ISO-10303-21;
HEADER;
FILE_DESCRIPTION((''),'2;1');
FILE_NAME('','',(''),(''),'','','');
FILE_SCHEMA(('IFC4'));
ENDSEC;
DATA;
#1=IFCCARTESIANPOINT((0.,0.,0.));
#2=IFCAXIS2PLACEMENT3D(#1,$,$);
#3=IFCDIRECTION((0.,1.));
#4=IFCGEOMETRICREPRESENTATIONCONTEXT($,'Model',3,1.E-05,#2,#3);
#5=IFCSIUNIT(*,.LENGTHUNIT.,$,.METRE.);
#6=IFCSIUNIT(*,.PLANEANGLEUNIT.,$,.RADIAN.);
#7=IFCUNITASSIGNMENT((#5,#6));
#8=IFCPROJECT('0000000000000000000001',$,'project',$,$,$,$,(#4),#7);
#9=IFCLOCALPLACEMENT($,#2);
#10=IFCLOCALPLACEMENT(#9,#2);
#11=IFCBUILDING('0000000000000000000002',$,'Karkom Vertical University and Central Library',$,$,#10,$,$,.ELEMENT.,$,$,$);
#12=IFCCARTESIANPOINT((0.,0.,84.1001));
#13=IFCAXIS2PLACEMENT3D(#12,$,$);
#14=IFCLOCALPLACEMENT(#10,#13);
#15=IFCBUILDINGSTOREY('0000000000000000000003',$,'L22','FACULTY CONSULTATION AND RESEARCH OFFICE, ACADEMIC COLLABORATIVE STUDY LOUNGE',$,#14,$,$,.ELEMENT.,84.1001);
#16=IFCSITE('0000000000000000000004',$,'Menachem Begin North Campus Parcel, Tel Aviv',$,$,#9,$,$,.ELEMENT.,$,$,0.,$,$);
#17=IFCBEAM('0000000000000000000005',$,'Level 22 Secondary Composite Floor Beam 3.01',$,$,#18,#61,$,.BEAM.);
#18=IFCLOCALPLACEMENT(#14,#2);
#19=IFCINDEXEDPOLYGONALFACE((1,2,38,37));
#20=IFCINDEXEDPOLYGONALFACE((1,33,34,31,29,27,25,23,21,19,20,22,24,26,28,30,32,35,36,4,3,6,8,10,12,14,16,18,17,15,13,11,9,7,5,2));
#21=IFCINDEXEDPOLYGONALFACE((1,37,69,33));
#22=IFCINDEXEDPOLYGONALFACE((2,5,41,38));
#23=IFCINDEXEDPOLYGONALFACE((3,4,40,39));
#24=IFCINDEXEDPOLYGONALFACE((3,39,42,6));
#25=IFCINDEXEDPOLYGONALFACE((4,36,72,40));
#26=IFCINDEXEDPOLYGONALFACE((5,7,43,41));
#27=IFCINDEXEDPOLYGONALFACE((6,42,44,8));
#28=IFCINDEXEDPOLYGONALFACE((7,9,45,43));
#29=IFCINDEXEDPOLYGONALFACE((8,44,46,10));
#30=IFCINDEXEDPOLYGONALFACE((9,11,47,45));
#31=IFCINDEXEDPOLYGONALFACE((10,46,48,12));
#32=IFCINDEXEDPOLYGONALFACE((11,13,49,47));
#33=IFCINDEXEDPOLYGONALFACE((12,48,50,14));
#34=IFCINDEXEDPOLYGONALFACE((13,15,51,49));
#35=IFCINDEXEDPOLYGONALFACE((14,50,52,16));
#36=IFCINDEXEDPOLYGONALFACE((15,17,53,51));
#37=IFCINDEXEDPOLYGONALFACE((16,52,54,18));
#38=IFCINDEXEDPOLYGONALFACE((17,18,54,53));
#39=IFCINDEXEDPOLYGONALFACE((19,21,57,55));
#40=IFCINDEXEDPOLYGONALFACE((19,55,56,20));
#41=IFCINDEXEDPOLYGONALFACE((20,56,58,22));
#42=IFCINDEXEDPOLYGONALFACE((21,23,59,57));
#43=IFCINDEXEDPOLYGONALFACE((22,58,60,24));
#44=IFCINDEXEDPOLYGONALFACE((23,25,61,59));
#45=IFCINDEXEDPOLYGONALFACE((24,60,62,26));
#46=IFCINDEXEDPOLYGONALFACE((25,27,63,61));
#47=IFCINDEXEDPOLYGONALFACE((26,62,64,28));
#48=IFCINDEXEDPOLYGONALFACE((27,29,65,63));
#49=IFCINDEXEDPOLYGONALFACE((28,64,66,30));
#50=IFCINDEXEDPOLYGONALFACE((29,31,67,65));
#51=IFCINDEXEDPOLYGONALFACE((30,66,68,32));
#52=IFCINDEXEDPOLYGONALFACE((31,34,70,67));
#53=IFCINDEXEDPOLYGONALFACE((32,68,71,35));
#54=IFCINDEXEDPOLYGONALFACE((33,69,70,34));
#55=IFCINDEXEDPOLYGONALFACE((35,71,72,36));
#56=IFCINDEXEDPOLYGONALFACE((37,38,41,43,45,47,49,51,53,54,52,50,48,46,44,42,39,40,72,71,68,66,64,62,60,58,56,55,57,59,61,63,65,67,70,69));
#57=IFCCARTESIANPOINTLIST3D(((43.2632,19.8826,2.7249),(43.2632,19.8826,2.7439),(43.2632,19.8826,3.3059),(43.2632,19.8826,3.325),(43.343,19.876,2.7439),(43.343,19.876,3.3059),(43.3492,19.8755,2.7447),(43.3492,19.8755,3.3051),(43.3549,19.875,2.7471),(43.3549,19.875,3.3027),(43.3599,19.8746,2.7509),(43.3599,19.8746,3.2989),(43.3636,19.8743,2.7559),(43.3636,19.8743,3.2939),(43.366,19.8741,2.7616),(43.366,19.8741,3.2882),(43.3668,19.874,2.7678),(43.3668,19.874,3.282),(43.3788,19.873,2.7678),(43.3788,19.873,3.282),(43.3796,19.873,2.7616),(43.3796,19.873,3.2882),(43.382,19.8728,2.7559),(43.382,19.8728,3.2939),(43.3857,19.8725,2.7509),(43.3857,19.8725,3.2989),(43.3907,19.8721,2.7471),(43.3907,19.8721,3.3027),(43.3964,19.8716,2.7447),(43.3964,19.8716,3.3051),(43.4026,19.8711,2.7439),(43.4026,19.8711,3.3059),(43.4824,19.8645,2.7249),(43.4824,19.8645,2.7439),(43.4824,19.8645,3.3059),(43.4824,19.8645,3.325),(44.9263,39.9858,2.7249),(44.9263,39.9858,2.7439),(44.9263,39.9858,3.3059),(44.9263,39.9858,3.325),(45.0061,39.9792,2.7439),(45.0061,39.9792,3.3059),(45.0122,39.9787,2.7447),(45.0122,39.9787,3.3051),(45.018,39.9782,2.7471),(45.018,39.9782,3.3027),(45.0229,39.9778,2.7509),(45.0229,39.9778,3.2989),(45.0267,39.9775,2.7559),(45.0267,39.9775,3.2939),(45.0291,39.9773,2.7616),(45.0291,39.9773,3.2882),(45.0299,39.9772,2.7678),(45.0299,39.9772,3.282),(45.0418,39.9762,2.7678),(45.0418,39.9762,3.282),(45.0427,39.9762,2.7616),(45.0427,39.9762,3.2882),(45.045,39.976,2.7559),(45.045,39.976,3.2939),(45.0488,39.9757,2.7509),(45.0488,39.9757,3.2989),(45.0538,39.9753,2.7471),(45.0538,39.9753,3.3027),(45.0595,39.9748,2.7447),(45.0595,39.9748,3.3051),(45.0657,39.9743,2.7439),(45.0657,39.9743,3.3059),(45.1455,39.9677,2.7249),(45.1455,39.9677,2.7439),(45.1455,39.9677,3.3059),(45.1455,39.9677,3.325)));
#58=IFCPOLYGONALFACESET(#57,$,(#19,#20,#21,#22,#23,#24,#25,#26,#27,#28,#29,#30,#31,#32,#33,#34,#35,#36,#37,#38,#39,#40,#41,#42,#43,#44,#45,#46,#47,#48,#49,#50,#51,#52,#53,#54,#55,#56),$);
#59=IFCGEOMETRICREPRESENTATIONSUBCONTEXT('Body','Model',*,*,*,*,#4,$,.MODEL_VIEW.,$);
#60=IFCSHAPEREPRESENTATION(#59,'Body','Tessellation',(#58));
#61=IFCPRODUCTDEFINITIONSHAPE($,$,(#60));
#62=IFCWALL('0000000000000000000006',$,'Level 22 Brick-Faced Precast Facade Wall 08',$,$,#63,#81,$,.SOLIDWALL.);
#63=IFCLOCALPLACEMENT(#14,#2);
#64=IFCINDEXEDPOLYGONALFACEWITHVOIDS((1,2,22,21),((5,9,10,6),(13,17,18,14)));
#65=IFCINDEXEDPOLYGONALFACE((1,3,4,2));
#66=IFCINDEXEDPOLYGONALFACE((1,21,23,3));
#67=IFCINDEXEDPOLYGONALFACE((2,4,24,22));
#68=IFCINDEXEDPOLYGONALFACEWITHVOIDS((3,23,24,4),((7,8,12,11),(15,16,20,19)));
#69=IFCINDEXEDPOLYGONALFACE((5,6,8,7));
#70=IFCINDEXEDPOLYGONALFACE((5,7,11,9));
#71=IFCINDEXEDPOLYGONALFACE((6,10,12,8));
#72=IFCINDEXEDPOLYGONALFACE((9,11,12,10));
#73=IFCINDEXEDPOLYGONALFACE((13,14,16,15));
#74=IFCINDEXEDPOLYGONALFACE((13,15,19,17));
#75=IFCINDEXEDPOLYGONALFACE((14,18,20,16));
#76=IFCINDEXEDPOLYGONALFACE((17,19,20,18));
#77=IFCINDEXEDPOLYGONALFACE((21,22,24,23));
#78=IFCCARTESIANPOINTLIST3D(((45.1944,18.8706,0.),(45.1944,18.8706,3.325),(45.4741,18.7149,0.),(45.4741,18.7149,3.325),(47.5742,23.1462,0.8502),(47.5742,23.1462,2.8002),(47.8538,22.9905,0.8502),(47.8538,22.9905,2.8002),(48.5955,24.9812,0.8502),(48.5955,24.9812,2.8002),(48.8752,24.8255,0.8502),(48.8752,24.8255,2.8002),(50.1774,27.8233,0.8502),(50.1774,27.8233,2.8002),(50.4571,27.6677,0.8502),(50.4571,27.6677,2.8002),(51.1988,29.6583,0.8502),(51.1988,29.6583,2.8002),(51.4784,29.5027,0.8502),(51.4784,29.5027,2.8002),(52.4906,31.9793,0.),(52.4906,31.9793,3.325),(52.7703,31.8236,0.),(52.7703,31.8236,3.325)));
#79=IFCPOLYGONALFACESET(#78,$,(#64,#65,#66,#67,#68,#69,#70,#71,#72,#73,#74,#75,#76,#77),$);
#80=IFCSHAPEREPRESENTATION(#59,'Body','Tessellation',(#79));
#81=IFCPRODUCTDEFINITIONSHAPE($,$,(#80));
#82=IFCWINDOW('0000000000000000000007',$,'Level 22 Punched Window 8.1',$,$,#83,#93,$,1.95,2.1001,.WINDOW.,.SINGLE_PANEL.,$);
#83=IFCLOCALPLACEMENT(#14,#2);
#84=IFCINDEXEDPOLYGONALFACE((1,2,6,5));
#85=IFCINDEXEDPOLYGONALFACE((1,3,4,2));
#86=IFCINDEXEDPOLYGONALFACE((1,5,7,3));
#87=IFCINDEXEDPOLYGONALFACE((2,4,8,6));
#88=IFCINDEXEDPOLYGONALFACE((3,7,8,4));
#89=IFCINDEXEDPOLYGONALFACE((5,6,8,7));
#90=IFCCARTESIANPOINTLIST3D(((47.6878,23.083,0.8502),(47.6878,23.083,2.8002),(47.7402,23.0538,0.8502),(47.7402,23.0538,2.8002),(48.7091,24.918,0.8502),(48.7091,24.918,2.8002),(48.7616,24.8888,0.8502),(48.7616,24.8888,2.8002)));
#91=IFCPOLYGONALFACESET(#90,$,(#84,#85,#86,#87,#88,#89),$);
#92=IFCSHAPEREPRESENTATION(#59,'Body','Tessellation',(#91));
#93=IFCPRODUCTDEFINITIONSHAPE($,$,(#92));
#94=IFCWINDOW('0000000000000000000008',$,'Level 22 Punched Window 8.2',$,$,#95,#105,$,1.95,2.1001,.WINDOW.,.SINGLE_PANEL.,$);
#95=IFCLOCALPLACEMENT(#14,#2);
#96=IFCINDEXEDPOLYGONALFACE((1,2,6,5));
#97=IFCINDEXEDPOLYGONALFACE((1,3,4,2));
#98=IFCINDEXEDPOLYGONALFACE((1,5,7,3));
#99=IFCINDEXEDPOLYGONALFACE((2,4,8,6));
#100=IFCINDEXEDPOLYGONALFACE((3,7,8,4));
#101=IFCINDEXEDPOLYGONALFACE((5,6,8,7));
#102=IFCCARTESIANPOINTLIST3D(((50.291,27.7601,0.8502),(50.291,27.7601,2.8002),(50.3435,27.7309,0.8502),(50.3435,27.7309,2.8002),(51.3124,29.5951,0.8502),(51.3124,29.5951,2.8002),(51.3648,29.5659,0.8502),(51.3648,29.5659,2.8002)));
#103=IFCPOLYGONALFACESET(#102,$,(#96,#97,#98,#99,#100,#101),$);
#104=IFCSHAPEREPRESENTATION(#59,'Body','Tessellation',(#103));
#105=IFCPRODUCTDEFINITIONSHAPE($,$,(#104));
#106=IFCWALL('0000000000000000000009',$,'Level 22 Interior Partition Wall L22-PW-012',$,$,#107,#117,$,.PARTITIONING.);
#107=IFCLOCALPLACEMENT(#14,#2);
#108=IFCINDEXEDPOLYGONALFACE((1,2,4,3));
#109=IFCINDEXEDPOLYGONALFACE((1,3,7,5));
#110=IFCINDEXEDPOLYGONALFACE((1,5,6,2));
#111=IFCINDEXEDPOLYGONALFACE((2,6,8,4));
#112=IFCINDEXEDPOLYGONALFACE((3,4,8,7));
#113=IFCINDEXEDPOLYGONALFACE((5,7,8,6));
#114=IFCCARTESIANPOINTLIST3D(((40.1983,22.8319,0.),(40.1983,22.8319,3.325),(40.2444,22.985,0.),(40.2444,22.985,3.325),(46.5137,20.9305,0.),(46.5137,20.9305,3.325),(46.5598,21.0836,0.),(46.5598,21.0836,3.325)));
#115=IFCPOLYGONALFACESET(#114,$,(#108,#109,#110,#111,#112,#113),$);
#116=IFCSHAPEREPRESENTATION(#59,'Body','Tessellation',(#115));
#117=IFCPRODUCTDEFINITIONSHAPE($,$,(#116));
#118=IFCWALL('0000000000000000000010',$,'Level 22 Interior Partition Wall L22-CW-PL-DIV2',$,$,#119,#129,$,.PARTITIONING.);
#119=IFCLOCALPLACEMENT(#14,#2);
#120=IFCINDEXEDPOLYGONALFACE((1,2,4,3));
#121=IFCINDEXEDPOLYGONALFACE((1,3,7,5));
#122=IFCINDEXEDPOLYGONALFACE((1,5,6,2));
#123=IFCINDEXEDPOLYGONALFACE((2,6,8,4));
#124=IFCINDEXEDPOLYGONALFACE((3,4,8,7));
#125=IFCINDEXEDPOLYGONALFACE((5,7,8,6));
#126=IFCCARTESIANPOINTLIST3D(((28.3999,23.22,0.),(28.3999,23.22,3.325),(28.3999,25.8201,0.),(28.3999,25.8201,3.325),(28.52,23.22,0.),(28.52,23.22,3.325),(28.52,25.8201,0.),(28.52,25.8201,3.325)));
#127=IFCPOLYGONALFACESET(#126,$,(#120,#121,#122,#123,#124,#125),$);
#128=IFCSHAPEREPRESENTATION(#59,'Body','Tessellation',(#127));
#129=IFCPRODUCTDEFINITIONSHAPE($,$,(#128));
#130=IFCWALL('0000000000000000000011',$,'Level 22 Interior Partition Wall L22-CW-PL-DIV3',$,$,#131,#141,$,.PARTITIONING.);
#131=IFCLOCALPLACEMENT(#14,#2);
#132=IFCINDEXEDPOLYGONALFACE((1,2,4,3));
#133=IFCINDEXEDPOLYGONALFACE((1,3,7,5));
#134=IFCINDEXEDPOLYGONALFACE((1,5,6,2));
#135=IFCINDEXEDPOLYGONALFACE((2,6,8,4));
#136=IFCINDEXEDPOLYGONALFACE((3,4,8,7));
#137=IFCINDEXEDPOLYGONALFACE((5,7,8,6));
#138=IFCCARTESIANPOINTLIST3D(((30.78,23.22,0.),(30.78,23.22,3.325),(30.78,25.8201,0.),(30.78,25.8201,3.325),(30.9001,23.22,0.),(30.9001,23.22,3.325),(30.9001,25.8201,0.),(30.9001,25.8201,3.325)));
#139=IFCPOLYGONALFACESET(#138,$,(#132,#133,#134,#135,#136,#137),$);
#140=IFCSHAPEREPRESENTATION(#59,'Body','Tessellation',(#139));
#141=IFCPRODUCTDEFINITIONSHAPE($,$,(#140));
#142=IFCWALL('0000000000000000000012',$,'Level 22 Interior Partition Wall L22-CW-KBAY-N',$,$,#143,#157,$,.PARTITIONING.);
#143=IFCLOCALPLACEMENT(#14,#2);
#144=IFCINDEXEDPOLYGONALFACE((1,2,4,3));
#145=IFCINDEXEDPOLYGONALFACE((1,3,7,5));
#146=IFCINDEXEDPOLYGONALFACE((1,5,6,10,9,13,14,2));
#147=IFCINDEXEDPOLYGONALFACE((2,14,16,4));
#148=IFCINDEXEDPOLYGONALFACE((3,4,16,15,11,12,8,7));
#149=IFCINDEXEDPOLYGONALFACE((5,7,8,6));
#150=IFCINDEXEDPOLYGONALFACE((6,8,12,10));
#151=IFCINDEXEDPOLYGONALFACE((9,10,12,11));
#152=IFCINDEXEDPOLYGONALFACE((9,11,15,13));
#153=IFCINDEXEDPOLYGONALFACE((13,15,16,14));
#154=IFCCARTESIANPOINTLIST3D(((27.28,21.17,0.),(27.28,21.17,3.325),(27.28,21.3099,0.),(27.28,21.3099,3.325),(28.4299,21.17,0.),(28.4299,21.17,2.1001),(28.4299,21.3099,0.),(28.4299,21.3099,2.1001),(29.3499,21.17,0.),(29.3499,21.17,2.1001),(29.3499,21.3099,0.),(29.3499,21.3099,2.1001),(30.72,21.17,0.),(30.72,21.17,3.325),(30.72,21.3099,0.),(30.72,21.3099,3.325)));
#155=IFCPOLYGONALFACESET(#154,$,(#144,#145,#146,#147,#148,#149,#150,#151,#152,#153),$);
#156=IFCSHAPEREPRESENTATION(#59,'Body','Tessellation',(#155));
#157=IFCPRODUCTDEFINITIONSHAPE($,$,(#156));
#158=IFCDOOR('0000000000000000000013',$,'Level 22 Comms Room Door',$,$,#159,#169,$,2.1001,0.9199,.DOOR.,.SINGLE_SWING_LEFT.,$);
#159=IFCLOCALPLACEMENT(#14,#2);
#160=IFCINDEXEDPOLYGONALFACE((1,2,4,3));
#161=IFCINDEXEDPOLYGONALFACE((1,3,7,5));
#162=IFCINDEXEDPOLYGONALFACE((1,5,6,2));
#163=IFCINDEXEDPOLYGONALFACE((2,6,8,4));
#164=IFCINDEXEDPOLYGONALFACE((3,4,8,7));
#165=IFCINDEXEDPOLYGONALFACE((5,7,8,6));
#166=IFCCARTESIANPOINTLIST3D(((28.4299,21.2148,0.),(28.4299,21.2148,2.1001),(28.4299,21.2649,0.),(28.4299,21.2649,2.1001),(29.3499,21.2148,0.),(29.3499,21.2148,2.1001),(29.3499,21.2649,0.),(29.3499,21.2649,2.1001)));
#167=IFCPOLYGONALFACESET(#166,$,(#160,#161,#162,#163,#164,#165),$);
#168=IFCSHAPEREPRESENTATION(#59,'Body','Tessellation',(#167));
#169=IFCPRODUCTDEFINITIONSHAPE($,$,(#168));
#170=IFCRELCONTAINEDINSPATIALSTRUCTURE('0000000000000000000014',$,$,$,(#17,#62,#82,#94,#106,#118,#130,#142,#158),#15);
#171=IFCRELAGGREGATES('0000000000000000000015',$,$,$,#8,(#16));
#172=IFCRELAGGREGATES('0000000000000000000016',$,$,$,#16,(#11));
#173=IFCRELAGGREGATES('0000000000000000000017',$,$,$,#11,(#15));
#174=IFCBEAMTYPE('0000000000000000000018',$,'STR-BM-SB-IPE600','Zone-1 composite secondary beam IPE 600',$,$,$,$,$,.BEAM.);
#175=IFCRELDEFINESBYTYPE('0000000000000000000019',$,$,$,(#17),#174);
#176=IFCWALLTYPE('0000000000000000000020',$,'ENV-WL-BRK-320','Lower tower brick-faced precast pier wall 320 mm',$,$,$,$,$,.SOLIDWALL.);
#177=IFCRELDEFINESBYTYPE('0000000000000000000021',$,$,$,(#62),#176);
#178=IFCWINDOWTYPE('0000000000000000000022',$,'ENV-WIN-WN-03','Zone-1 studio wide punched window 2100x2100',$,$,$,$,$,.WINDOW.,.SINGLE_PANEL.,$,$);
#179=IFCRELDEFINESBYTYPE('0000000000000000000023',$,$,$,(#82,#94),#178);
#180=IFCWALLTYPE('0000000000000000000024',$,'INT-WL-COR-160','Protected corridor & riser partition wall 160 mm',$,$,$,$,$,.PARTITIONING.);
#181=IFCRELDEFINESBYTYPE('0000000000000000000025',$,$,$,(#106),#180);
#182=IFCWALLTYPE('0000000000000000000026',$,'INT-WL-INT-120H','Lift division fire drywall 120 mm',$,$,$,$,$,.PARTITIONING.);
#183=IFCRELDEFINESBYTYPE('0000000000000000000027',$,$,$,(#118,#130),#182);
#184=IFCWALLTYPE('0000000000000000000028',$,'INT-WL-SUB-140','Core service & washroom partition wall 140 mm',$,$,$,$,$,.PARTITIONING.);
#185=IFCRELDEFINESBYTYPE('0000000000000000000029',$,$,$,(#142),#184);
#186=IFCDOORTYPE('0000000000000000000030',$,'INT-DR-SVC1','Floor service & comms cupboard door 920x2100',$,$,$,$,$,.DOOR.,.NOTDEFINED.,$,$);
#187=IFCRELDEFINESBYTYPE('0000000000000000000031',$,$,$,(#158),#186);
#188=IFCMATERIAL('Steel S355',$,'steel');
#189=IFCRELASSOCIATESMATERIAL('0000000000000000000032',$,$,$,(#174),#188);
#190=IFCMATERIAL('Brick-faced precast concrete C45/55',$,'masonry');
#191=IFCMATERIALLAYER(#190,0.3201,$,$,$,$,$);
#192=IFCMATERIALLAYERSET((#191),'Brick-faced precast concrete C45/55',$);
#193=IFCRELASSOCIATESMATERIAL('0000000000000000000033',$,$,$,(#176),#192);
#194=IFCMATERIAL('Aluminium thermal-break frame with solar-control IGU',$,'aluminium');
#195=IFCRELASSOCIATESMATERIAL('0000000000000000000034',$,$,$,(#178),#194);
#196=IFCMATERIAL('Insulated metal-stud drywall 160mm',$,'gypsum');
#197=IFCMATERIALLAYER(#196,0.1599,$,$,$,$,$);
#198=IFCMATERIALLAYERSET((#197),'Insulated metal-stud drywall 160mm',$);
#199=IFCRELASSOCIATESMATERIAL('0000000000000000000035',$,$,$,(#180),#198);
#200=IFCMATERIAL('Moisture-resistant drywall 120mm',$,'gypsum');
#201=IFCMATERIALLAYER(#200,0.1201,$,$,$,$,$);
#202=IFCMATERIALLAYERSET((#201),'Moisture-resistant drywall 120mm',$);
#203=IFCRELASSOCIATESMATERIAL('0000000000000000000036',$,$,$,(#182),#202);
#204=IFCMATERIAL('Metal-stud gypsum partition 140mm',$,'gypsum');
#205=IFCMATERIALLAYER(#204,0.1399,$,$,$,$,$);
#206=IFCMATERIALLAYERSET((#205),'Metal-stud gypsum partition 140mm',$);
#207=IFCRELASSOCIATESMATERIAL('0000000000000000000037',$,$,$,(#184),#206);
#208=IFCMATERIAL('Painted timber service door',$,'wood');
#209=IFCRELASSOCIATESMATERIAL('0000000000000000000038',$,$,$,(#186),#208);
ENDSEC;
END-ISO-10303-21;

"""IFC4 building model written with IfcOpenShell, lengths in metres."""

from ifc_helpers import new_model, si_unit, direction, frame, frame_2d, origin, origin_with_axes, origin_2d, place, context, subcontext, project, spatial, rectangle, i_section, extrude, source, transform, mapped, material, layer, layer_set, material_profile, profile_set, type_object, element, fill, save


model = new_model("IFC4")

# Units and contexts
model_context = context("Model", 3, precision=1e-05, world=origin(), true_north=direction((0.0, 1.0)))
body_context = subcontext(model_context, "Body", "Model", "MODEL_VIEW")
ifc_project = project(units=[si_unit("LENGTHUNIT", "METRE"), si_unit("PLANEANGLEUNIT", "RADIAN")], contexts=[model_context])

# Site, building, storey
site_placement = place(None, origin())
site = spatial("IfcSite", under=ifc_project, at=site_placement, Name="Menachem Begin North Campus Parcel, Tel Aviv", CompositionType="ELEMENT", RefElevation=0.0)
building_placement = place(site_placement, origin())
building = spatial("IfcBuilding", under=site, at=building_placement, Name="Karkom Vertical University and Central Library", CompositionType="ELEMENT")
storey_placement = place(building_placement, frame((0.0, 0.0, 84.1001)))
storey = spatial("IfcBuildingStorey", under=building, at=storey_placement, Name="L22", Description="FACULTY CONSULTATION AND RESEARCH OFFICE, ACADEMIC COLLABORATIVE STUDY LOUNGE", CompositionType="ELEMENT", Elevation=84.1001)

# Beam
ifc_material_1 = material(Name="Steel S355", Category="steel")
ifc_material_profile_1 = material_profile(ifc_material_1, i_section(OverallWidth=0.22, OverallDepth=0.6001, WebThickness=0.012, FlangeThickness=0.019, FilletRadius=0.0239, at=origin_2d()), Name="IPE 600")
ifc_profile_set_1 = profile_set([ifc_material_profile_1], Name="Steel S355")
beam_type_1 = type_object("IfcBeamType", Name="STR-BM-SB-IPE600", Description="Zone-1 composite secondary beam IPE 600", PredefinedType="BEAM", material=ifc_profile_set_1)
shared_shape_1 = source(origin_with_axes(), body_context, "Body", "SweptSolid", [
    extrude(i_section(OverallWidth=0.22, OverallDepth=0.6001, WebThickness=0.012, FlangeThickness=0.019, FilletRadius=0.0239, at=origin_2d()), origin(), (0.0, 0.0, 1.0), 20.1719),
])
beam_1_placement = place(storey_placement, frame((43.3728, 19.8735, 3.0249), z_axis=(0.082445, 0.996596, 0.0), x_axis=(-0.996596, 0.082445, 0.0)))
element("IfcBeam", 1, at=beam_1_placement, inside=storey, type_object=beam_type_1, Name="Level 22 Secondary Composite Floor Beam 3.01", PredefinedType="BEAM", context=body_context, shape_type="MappedRepresentation", body=[
    mapped(shared_shape_1, transform((0.0, 0.0, 0.0), scale=1.0)),
])

# Wall, openings, windows
ifc_material_2 = material(Name="Brick-faced precast concrete C45/55", Category="masonry")
ifc_layer_1 = layer(ifc_material_2, 0.3201)
ifc_layer_set_1 = layer_set([ifc_layer_1], Name="Brick-faced precast concrete C45/55")
wall_type_1 = type_object("IfcWallType", Name="ENV-WL-BRK-320", Description="Lower tower brick-faced precast pier wall 320 mm", PredefinedType="SOLIDWALL", material=ifc_layer_set_1)
wall_1_placement = place(storey_placement, frame((45.3342, 18.7927, 0.0), z_axis=(0.0, 0.0, 1.0), x_axis=(0.486334, 0.873773, 0.0)))
wall_1 = element("IfcWall", 2, at=wall_1_placement, inside=storey, type_object=wall_type_1, Name="Level 22 Brick-Faced Precast Facade Wall 08", PredefinedType="SOLIDWALL", context=body_context, shape_type="SweptSolid", body=[
    extrude(rectangle(XDim=15.0024, YDim=0.3201, at=frame_2d((7.5012, 0.0))), origin(), (0.0, 0.0, 1.0), 3.325),
])
opening_1_placement = place(wall_1_placement, frame((4.8933, 0.0, 0.8501)))
opening_1 = element("IfcOpeningElement", 3, at=opening_1_placement, cuts=wall_1, PredefinedType="OPENING", context=body_context, shape_type="SweptSolid", body=[
    extrude(rectangle(XDim=2.1001, YDim=1.95, at=frame_2d((1.05, 0.9751))), frame((0.0, 0.1699, 0.0), z_axis=(0.0, -1.0, 0.0), x_axis=(1.0, 0.0, 0.0)), (0.0, 0.0, 1.0), 0.3401),
])
opening_2_placement = place(wall_1_placement, frame((10.2461, 0.0, 0.8501)))
opening_2 = element("IfcOpeningElement", 4, at=opening_2_placement, cuts=wall_1, PredefinedType="OPENING", context=body_context, shape_type="SweptSolid", body=[
    extrude(rectangle(XDim=2.1001, YDim=1.95, at=frame_2d((1.05, 0.9751))), frame((0.0, 0.1699, 0.0), z_axis=(0.0, -1.0, 0.0), x_axis=(1.0, 0.0, 0.0)), (0.0, 0.0, 1.0), 0.3401),
])
ifc_material_3 = material(Name="Aluminium thermal-break frame with solar-control IGU", Category="aluminium")
window_type = type_object("IfcWindowType", Name="ENV-WIN-WN-03", Description="Zone-1 studio wide punched window 2100x2100", PartitioningType="SINGLE_PANEL", PredefinedType="WINDOW", material=ifc_material_3)
shared_shape_2 = source(origin_with_axes(), body_context, "Body", "SweptSolid", [
    extrude(rectangle(XDim=2.1001, YDim=1.95, at=frame_2d((1.05, 0.9751))), frame((0.0, 0.03, 0.0), z_axis=(0.0, -1.0, 0.0), x_axis=(1.0, 0.0, 0.0)), (0.0, 0.0, 1.0), 0.0601),
])
window_1_placement = place(opening_1_placement, origin())
window_1 = element("IfcWindow", 5, at=window_1_placement, inside=storey, type_object=window_type, Name="Level 22 Punched Window 8.1", OverallHeight=1.95, OverallWidth=2.1001, PartitioningType="SINGLE_PANEL", PredefinedType="WINDOW", context=body_context, shape_type="MappedRepresentation", body=[
    mapped(shared_shape_2, transform((0.0, 0.0, 0.0), scale=1.0)),
])
fill(opening_1, window_1)
window_2_placement = place(opening_2_placement, origin())
window_2 = element("IfcWindow", 6, at=window_2_placement, inside=storey, type_object=window_type, Name="Level 22 Punched Window 8.2", OverallHeight=1.95, OverallWidth=2.1001, PartitioningType="SINGLE_PANEL", PredefinedType="WINDOW", context=body_context, shape_type="MappedRepresentation", body=[
    mapped(shared_shape_2, transform((0.0, 0.0, 0.0), scale=1.0)),
])
fill(opening_2, window_2)

# Walls
ifc_material_4 = material(Name="Insulated metal-stud drywall 160mm", Category="gypsum")
ifc_layer_2 = layer(ifc_material_4, 0.1599)
ifc_layer_set_2 = layer_set([ifc_layer_2], Name="Insulated metal-stud drywall 160mm")
wall_type_2 = type_object("IfcWallType", Name="INT-WL-COR-160", Description="Protected corridor & riser partition wall 160 mm", PredefinedType="PARTITIONING", material=ifc_layer_set_2)
wall_2_placement = place(storey_placement, frame((40.2212, 22.9084, 0.0), z_axis=(0.0, 0.0, 1.0), x_axis=(0.957545, -0.288285, 0.0)))
element("IfcWall", 7, at=wall_2_placement, inside=storey, type_object=wall_type_2, Name="Level 22 Interior Partition Wall L22-PW-012", PredefinedType="PARTITIONING", context=body_context, shape_type="SweptSolid", body=[
    extrude(rectangle(XDim=6.5955, YDim=0.1599, at=frame_2d((3.2979, 0.0))), origin(), (0.0, 0.0, 1.0), 3.325),
])
ifc_material_5 = material(Name="Moisture-resistant drywall 120mm", Category="gypsum")
ifc_layer_3 = layer(ifc_material_5, 0.1201)
ifc_layer_set_3 = layer_set([ifc_layer_3], Name="Moisture-resistant drywall 120mm")
wall_type_3 = type_object("IfcWallType", Name="INT-WL-INT-120H", Description="Lift division fire drywall 120 mm", PredefinedType="PARTITIONING", material=ifc_layer_set_3)
for number, where, z_axis, x_axis, name in (
    (8, (28.46, 23.22, 0.0), (0.0, 0.0, 1.0), (0.0, 1.0, 0.0), "Level 22 Interior Partition Wall L22-CW-PL-DIV2"),
    (9, (30.8401, 23.22, 0.0), (0.0, 0.0, 1.0), (0.0, 1.0, 0.0), "Level 22 Interior Partition Wall L22-CW-PL-DIV3"),
):
    element("IfcWall", number, at=place(storey_placement, frame(where, z_axis=z_axis, x_axis=x_axis)), inside=storey, type_object=wall_type_3, Name=name, PredefinedType="PARTITIONING", context=body_context, shape_type="SweptSolid", body=[
        extrude(rectangle(XDim=2.6001, YDim=0.1201, at=frame_2d((1.3, 0.0))), origin(), (0.0, 0.0, 1.0), 3.325),
    ])

# Wall, opening, door
ifc_material_6 = material(Name="Metal-stud gypsum partition 140mm", Category="gypsum")
ifc_layer_4 = layer(ifc_material_6, 0.1399)
ifc_layer_set_4 = layer_set([ifc_layer_4], Name="Metal-stud gypsum partition 140mm")
wall_type_4 = type_object("IfcWallType", Name="INT-WL-SUB-140", Description="Core service & washroom partition wall 140 mm", PredefinedType="PARTITIONING", material=ifc_layer_set_4)
wall_3_placement = place(storey_placement, frame((27.28, 21.24, 0.0), z_axis=(0.0, 0.0, 1.0), x_axis=(1.0, 0.0, 0.0)))
wall_3 = element("IfcWall", 10, at=wall_3_placement, inside=storey, type_object=wall_type_4, Name="Level 22 Interior Partition Wall L22-CW-KBAY-N", PredefinedType="PARTITIONING", context=body_context, shape_type="SweptSolid", body=[
    extrude(rectangle(XDim=3.4399, YDim=0.1399, at=frame_2d((1.72, 0.0))), origin(), (0.0, 0.0, 1.0), 3.325),
])
opening_3_placement = place(wall_3_placement, frame((1.1499, 0.0, 0.0)))
opening_3 = element("IfcOpeningElement", 11, at=opening_3_placement, cuts=wall_3, PredefinedType="OPENING", context=body_context, shape_type="SweptSolid", body=[
    extrude(rectangle(XDim=0.9199, YDim=2.1001, at=frame_2d((0.46, 1.05))), frame((0.0, 0.0801, 0.0), z_axis=(0.0, -1.0, 0.0), x_axis=(1.0, 0.0, 0.0)), (0.0, 0.0, 1.0), 0.1599),
])
ifc_material_7 = material(Name="Painted timber service door", Category="wood")
door_type_1 = type_object("IfcDoorType", Name="INT-DR-SVC1", Description="Floor service & comms cupboard door 920x2100", OperationType="NOTDEFINED", PredefinedType="DOOR", material=ifc_material_7)
shared_shape_3 = source(origin_with_axes(), body_context, "Body", "SweptSolid", [
    extrude(rectangle(XDim=0.9199, YDim=2.1001, at=frame_2d((0.46, 1.05))), frame((0.0, 0.0249, 0.0), z_axis=(0.0, -1.0, 0.0), x_axis=(1.0, 0.0, 0.0)), (0.0, 0.0, 1.0), 0.05),
])
door_1_placement = place(opening_3_placement, origin())
door_1 = element("IfcDoor", 12, at=door_1_placement, inside=storey, type_object=door_type_1, Name="Level 22 Comms Room Door", OperationType="SINGLE_SWING_LEFT", OverallHeight=2.1001, OverallWidth=0.9199, PredefinedType="DOOR", context=body_context, shape_type="MappedRepresentation", body=[
    mapped(shared_shape_3, transform((0.0, 0.0, 0.0), scale=1.0)),
])
fill(opening_3, door_1)

save(model, "model.ifc")
